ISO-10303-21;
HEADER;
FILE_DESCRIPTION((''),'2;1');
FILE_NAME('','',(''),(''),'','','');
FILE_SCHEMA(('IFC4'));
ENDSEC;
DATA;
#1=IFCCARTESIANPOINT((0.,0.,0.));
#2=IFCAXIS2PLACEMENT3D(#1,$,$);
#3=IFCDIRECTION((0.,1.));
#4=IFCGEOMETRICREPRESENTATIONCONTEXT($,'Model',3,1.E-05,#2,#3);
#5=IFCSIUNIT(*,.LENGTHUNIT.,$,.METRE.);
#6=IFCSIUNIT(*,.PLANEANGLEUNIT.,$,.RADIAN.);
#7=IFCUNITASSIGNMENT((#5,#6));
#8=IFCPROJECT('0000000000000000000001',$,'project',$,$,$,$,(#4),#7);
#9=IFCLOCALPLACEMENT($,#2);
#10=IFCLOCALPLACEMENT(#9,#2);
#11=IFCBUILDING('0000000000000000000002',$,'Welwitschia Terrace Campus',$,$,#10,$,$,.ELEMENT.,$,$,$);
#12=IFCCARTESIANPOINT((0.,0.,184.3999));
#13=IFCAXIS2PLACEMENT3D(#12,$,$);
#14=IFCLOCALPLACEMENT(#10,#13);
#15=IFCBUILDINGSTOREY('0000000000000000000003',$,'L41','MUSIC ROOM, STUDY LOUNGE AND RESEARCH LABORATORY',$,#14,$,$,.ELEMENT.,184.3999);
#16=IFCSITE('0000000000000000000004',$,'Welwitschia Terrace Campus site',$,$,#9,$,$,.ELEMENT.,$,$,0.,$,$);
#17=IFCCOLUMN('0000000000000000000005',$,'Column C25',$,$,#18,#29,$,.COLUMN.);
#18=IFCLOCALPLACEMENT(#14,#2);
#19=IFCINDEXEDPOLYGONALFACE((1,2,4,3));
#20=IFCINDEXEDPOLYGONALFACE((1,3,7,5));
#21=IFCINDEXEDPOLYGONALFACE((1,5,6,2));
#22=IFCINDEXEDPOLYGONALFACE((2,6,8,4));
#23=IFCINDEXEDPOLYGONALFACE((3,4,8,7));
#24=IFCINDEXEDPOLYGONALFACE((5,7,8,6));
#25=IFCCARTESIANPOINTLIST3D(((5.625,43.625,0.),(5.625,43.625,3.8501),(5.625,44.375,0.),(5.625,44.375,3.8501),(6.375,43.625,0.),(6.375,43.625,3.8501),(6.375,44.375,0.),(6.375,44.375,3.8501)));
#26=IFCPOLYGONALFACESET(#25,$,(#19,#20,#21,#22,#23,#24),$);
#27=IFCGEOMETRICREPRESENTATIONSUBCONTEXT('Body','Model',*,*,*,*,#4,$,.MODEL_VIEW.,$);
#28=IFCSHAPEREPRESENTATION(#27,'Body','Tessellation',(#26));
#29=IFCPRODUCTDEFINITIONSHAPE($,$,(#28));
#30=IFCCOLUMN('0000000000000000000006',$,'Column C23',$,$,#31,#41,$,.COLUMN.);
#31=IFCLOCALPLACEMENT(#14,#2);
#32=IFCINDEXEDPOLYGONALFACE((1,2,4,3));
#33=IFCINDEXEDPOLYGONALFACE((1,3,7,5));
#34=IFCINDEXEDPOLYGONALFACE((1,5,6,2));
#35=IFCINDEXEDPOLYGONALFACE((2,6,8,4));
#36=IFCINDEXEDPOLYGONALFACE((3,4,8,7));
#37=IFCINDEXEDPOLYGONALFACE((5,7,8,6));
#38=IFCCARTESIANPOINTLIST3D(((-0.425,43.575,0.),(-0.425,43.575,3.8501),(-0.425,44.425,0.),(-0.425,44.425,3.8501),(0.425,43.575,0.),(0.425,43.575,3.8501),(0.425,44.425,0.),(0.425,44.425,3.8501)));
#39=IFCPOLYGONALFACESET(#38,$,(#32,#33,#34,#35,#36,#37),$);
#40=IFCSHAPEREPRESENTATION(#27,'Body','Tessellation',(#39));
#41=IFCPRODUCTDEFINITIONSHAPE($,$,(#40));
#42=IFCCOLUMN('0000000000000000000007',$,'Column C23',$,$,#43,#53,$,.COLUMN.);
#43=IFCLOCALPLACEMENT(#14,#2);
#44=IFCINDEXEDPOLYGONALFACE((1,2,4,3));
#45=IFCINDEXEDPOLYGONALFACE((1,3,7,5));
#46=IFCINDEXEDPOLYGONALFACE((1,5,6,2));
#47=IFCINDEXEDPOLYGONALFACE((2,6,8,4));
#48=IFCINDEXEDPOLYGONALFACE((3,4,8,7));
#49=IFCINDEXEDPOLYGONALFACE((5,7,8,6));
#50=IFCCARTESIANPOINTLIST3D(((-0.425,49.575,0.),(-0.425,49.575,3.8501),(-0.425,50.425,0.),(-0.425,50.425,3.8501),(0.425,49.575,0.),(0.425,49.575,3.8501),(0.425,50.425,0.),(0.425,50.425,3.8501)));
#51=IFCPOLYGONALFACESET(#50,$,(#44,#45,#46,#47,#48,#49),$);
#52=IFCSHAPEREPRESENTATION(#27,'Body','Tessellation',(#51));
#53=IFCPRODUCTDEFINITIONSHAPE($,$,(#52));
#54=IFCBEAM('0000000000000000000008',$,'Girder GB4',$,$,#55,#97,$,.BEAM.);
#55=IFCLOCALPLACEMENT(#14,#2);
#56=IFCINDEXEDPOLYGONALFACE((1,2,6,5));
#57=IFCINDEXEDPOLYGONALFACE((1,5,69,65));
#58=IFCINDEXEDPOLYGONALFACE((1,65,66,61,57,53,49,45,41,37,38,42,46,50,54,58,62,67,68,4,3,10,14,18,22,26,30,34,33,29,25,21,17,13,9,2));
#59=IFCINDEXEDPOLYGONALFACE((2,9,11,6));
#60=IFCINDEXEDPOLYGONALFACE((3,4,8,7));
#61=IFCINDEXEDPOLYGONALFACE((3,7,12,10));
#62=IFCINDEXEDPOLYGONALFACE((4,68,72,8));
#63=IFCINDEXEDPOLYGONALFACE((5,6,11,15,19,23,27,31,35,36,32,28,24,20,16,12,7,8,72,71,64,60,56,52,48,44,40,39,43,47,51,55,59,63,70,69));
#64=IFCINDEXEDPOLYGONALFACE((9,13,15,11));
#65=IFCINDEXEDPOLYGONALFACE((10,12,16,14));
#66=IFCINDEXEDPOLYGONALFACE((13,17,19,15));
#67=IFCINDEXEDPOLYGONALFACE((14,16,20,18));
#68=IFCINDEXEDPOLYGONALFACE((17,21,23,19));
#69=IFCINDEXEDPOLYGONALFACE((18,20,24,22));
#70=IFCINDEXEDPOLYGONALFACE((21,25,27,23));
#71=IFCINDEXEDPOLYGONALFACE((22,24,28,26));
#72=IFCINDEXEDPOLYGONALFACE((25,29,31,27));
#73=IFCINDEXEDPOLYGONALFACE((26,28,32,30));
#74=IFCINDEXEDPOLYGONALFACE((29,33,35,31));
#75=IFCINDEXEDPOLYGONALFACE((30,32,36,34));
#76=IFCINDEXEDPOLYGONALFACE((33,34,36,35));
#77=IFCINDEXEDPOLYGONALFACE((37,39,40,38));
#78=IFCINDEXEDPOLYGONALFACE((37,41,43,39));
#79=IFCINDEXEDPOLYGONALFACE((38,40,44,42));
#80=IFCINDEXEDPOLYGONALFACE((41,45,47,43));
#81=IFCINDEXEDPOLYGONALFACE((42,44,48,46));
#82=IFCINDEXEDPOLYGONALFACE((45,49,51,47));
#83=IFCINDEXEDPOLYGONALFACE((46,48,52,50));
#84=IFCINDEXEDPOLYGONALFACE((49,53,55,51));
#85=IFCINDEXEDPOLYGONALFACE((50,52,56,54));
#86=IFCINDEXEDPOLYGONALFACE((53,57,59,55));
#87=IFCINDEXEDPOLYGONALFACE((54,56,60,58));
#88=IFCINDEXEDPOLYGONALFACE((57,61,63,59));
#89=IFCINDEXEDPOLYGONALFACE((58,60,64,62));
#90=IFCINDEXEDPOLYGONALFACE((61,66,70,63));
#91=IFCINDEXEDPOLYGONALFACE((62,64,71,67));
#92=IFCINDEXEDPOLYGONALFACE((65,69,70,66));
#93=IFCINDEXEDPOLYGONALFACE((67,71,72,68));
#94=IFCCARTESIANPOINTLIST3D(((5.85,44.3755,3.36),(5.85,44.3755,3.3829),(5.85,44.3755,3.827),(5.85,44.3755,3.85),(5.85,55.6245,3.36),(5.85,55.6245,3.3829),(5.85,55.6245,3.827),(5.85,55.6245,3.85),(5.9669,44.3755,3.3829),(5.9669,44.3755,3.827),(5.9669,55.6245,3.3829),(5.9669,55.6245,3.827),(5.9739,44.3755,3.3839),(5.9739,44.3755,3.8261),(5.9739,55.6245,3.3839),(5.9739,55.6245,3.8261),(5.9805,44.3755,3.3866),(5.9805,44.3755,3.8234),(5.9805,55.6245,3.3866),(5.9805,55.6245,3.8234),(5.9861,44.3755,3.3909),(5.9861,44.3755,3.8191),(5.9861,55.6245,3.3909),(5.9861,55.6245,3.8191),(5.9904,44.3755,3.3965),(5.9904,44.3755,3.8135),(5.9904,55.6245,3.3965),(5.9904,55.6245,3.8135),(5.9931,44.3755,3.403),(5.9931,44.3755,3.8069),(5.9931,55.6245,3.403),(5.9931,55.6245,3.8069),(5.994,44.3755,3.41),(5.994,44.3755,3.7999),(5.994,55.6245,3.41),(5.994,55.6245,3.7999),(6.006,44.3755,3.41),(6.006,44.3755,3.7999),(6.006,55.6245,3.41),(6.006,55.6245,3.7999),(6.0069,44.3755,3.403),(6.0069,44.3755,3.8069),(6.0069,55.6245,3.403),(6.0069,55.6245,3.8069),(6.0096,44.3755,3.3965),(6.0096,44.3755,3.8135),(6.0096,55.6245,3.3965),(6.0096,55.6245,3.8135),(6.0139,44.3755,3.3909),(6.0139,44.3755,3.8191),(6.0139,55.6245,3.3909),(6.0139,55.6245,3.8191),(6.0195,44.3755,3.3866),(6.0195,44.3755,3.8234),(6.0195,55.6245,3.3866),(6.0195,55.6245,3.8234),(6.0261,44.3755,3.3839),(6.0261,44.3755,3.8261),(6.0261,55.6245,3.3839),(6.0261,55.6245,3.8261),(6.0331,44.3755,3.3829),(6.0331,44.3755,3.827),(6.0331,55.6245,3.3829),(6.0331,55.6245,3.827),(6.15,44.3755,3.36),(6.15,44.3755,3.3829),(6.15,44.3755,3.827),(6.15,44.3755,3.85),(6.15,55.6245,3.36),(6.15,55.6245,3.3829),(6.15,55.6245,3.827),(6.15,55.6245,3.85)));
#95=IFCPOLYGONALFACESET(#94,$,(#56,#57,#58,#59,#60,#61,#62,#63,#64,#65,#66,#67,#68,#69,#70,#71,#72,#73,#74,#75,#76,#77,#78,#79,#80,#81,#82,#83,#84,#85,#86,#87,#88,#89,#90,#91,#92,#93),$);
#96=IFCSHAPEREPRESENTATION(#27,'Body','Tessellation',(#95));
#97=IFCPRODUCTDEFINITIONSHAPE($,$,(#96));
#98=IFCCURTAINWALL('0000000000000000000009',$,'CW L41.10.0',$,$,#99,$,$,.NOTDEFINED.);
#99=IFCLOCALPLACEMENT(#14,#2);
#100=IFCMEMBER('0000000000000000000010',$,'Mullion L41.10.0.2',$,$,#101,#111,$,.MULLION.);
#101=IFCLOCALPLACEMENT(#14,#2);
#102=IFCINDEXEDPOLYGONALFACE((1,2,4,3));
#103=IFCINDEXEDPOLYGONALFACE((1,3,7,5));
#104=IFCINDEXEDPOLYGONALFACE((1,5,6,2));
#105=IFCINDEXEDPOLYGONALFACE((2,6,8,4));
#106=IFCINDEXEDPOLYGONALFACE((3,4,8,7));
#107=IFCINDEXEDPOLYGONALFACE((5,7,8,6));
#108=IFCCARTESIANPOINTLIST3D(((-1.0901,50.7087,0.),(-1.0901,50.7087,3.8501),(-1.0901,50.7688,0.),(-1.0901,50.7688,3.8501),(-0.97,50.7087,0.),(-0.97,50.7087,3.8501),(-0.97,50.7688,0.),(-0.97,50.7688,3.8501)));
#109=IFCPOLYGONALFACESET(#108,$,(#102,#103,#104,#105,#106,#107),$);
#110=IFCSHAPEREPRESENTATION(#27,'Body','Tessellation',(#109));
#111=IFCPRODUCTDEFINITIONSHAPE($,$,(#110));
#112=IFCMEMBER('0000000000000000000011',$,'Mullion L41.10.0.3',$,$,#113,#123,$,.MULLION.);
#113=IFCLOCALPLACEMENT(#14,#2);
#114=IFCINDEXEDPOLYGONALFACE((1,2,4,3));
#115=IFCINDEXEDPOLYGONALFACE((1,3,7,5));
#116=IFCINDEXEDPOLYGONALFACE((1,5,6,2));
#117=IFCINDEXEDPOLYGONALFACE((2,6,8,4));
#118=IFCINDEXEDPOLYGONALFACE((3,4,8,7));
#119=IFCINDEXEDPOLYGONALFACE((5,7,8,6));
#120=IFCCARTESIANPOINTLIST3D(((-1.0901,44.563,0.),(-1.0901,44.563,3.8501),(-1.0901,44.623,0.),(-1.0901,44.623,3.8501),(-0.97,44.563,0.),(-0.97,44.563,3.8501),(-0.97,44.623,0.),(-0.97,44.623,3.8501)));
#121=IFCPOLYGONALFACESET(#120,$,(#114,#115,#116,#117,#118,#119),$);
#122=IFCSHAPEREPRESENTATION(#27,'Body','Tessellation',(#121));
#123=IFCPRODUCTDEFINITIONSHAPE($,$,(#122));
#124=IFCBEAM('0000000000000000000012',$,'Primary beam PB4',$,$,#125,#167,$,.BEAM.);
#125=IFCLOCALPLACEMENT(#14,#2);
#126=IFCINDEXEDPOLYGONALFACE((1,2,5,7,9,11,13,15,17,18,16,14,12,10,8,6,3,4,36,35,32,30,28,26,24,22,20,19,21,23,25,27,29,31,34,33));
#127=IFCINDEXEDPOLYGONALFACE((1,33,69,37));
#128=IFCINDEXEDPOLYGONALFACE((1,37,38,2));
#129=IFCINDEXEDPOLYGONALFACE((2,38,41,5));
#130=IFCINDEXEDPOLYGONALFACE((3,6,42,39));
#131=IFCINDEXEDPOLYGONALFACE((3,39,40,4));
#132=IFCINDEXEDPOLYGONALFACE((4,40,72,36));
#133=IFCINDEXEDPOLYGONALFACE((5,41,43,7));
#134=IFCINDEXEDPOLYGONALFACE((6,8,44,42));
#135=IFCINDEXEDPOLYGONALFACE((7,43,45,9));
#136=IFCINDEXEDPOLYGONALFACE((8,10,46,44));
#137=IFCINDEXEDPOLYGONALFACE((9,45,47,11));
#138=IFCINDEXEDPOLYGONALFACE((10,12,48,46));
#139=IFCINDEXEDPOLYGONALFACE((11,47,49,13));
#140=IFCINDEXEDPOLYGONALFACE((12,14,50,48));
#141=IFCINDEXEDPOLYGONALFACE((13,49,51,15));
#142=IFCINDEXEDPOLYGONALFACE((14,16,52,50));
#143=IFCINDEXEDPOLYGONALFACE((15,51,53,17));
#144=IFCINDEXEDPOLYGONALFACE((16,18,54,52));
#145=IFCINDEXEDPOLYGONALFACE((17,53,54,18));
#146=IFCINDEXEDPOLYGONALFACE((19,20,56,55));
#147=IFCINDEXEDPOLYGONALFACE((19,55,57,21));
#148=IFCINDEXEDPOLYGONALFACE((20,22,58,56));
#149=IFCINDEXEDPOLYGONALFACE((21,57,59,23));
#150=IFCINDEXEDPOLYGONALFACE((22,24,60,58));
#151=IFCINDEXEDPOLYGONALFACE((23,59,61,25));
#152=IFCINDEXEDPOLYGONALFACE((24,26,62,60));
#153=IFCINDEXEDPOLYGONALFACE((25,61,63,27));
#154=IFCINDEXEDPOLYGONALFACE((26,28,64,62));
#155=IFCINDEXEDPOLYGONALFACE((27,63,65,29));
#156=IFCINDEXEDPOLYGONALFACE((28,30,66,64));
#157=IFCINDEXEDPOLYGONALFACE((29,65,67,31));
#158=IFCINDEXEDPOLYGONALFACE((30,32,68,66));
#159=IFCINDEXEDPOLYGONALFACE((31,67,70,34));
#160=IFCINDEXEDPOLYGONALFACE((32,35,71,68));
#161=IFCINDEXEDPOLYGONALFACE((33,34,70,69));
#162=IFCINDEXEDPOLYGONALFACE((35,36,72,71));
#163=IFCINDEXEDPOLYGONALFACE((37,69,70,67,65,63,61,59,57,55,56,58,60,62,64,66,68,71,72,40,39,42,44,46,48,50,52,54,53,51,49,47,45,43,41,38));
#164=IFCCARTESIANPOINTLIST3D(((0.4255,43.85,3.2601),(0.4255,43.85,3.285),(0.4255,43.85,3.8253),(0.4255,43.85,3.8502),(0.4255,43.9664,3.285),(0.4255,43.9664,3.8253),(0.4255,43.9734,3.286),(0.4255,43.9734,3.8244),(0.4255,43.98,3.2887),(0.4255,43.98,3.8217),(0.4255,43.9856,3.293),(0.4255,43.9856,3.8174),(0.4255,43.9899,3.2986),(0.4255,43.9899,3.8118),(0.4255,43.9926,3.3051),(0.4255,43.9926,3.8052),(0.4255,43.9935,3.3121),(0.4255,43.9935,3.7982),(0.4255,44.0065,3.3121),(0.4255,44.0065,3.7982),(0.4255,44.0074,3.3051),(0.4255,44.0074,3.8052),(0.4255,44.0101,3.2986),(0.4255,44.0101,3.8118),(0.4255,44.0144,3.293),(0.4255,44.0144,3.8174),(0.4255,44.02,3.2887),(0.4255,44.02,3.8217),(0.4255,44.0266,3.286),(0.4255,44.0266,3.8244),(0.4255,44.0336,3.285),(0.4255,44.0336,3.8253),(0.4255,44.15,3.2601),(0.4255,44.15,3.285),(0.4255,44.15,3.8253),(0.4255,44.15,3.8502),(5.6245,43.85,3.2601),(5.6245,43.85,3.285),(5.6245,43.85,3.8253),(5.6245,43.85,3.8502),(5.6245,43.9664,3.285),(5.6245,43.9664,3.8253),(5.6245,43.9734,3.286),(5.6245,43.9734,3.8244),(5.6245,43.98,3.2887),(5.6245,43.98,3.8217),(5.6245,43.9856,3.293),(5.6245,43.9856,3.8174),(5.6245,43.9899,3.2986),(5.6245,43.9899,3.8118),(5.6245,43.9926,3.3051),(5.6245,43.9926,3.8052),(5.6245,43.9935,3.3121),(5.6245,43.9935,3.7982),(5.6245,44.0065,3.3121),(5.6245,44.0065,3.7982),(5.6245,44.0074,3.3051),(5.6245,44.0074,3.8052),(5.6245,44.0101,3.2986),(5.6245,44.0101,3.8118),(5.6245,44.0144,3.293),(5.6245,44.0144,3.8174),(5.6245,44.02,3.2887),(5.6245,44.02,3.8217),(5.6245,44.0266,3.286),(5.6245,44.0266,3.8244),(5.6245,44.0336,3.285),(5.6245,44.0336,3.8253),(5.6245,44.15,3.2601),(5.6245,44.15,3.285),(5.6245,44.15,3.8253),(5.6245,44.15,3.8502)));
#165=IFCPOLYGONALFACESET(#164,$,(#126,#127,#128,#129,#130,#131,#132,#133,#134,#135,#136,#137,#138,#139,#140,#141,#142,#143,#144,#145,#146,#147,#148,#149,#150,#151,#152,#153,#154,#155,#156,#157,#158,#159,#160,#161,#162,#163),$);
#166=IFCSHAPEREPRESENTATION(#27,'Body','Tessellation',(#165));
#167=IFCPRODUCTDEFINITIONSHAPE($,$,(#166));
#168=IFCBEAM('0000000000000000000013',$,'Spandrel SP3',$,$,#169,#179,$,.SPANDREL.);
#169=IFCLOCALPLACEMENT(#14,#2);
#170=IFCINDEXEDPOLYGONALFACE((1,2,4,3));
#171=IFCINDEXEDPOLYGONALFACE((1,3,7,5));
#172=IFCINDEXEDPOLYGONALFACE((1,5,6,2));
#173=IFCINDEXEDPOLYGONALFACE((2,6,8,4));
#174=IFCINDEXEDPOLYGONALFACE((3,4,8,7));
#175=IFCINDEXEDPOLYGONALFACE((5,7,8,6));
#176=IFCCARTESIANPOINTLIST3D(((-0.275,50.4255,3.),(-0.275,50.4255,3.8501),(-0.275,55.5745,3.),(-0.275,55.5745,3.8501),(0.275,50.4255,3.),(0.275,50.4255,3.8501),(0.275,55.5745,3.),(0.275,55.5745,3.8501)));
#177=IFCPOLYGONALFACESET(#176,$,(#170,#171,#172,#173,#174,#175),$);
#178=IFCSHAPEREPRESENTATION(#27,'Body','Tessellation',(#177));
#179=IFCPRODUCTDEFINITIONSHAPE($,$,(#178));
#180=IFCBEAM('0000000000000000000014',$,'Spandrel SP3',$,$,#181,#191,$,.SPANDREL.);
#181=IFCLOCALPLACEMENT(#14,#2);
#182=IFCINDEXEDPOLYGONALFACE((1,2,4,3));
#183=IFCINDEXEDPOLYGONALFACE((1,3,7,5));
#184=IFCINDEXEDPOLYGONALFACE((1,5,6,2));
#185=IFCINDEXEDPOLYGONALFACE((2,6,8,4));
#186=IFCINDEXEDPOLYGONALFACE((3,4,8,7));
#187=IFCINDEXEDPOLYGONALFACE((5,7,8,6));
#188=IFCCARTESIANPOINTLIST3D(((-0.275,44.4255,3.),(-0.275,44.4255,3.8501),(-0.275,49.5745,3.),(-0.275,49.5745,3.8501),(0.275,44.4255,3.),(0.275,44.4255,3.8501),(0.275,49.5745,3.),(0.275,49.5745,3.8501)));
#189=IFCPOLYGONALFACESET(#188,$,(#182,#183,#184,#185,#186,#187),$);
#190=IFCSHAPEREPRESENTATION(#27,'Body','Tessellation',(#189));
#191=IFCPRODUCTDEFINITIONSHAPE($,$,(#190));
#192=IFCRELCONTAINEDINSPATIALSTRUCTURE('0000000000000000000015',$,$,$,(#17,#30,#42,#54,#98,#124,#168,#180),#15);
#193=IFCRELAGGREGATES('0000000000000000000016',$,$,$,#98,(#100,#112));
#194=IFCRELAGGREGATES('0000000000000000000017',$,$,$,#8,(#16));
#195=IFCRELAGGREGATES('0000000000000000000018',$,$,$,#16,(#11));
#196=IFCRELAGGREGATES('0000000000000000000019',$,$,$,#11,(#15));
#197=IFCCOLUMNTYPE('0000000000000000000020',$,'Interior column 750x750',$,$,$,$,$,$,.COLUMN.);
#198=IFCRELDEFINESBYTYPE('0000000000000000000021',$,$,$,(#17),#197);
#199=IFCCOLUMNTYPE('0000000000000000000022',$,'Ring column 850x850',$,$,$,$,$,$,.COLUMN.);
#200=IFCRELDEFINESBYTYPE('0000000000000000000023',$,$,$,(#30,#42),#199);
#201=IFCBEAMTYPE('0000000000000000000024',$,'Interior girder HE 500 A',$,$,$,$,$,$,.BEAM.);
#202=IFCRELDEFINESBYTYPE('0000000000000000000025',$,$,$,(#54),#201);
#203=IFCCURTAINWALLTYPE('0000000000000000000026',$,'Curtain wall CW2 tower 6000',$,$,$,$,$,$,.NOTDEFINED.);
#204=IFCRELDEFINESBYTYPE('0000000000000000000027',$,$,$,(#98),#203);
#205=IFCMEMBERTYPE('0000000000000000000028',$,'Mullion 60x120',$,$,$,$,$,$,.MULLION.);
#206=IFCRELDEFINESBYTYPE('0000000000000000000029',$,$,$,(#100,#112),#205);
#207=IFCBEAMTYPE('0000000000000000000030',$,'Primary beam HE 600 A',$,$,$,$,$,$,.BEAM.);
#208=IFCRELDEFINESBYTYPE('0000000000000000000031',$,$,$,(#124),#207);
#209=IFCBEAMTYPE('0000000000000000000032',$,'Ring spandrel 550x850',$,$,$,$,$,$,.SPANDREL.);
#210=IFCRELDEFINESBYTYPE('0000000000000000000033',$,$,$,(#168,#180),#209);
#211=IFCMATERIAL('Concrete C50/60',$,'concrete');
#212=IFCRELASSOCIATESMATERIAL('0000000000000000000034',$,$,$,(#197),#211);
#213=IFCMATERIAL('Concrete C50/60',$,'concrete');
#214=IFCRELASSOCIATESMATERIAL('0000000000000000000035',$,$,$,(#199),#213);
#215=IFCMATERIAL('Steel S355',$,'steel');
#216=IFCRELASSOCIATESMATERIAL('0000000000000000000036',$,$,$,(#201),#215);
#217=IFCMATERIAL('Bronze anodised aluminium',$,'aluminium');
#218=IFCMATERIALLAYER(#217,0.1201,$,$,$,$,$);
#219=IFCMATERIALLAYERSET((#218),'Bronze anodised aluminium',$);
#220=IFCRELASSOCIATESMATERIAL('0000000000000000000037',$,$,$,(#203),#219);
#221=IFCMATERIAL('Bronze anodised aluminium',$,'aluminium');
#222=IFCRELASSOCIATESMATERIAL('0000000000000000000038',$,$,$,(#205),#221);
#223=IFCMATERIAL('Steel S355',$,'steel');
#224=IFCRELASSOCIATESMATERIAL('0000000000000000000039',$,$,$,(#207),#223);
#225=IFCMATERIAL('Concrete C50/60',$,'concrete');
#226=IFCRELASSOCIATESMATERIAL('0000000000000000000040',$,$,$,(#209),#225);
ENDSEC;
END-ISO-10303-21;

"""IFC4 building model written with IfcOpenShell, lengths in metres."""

from ifc_helpers import new_model, si_unit, direction, frame, origin, origin_2d, place, context, subcontext, project, spatial, rectangle, i_section, extrude, material, layer, layer_set, material_profile, profile_set, type_object, element, aggregate, save


model = new_model("IFC4")

# Units and contexts
model_context = context("Model", 3, precision=1e-05, world=origin(), true_north=direction((0.0, 1.0)))
body_context = subcontext(model_context, "Body", "Model", "MODEL_VIEW")
ifc_project = project(units=[si_unit("LENGTHUNIT", "METRE"), si_unit("PLANEANGLEUNIT", "RADIAN")], contexts=[model_context])

# Site, building, storey
site_placement = place(None, origin())
site = spatial("IfcSite", under=ifc_project, at=site_placement, Name="Welwitschia Terrace Campus site", CompositionType="ELEMENT", RefElevation=0.0)
building_placement = place(site_placement, origin())
building = spatial("IfcBuilding", under=site, at=building_placement, Name="Welwitschia Terrace Campus", CompositionType="ELEMENT")
storey_placement = place(building_placement, frame((0.0, 0.0, 184.3999)))
storey = spatial("IfcBuildingStorey", under=building, at=storey_placement, Name="L41", Description="MUSIC ROOM, STUDY LOUNGE AND RESEARCH LABORATORY", CompositionType="ELEMENT", Elevation=184.3999)

# Columns
ifc_material_1 = material(Name="Concrete C50/60", Category="concrete")
ifc_material_profile_1 = material_profile(ifc_material_1, rectangle(XDim=0.75, YDim=0.75, at=origin_2d()))
ifc_profile_set_1 = profile_set([ifc_material_profile_1], Name="Concrete C50/60")
column_type_1 = type_object("IfcColumnType", Name="Interior column 750x750", PredefinedType="COLUMN", material=ifc_profile_set_1)
column_placement = place(storey_placement, frame((6.0, 44.0, 0.0), z_axis=(0.0, 0.0, 1.0), x_axis=(1.0, 0.0, 0.0)))
element("IfcColumn", 1, at=column_placement, inside=storey, type_object=column_type_1, Name="Column C25", PredefinedType="COLUMN", context=body_context, shape_type="SweptSolid", body=[
    extrude(rectangle(XDim=0.75, YDim=0.75, at=origin_2d()), origin(), (0.0, 0.0, 1.0), 3.8501),
])
ifc_material_2 = material(Name="Concrete C50/60", Category="concrete")
ifc_material_profile_2 = material_profile(ifc_material_2, rectangle(XDim=0.8501, YDim=0.8501, at=origin_2d()))
ifc_profile_set_2 = profile_set([ifc_material_profile_2], Name="Concrete C50/60")
column_type_2 = type_object("IfcColumnType", Name="Ring column 850x850", PredefinedType="COLUMN", material=ifc_profile_set_2)
for number, where, z_axis, x_axis, name in (
    (2, (0.0, 44.0, 0.0), (0.0, 0.0, 1.0), (1.0, 0.0, 0.0), "Column C23"),
    (3, (0.0, 50.0, 0.0), (0.0, 0.0, 1.0), (1.0, 0.0, 0.0), "Column C23"),
):
    element("IfcColumn", number, at=place(storey_placement, frame(where, z_axis=z_axis, x_axis=x_axis)), inside=storey, type_object=column_type_2, Name=name, PredefinedType="COLUMN", context=body_context, shape_type="SweptSolid", body=[
        extrude(rectangle(XDim=0.8501, YDim=0.8501, at=origin_2d()), origin(), (0.0, 0.0, 1.0), 3.8501),
    ])

# Beam
ifc_material_3 = material(Name="Steel S355", Category="steel")
ifc_material_profile_3 = material_profile(ifc_material_3, i_section(OverallWidth=0.3, OverallDepth=0.49, WebThickness=0.012, FlangeThickness=0.0229, FilletRadius=0.0271, at=origin_2d()))
ifc_profile_set_3 = profile_set([ifc_material_profile_3], Name="Steel S355")
beam_type_1 = type_object("IfcBeamType", Name="Interior girder HE 500 A", PredefinedType="BEAM", material=ifc_profile_set_3)
beam_1_placement = place(storey_placement, frame((6.0, 44.3755, 3.605), z_axis=(0.0, 1.0, 0.0), x_axis=(-1.0, 0.0, 0.0)))
element("IfcBeam", 4, at=beam_1_placement, inside=storey, type_object=beam_type_1, Name="Girder GB4", PredefinedType="BEAM", context=body_context, shape_type="SweptSolid", body=[
    extrude(i_section(OverallWidth=0.3, OverallDepth=0.49, WebThickness=0.012, FlangeThickness=0.0229, FilletRadius=0.0271, at=origin_2d()), origin(), (0.0, 0.0, 1.0), 11.249),
])

# Curtain wall, members
ifc_material_4 = material(Name="Bronze anodised aluminium", Category="aluminium")
ifc_layer_1 = layer(ifc_material_4, 0.1201)
ifc_layer_set_1 = layer_set([ifc_layer_1], Name="Bronze anodised aluminium")
curtain_wall_type = type_object("IfcCurtainWallType", Name="Curtain wall CW2 tower 6000", PredefinedType="NOTDEFINED", material=ifc_layer_set_1)
curtain_wall_placement = place(storey_placement, origin())
curtain_wall = element("IfcCurtainWall", 5, at=curtain_wall_placement, inside=storey, type_object=curtain_wall_type, Name="CW L41.10.0", PredefinedType="NOTDEFINED")
ifc_material_5 = material(Name="Bronze anodised aluminium", Category="aluminium")
ifc_material_profile_4 = material_profile(ifc_material_5, rectangle(XDim=0.1201, YDim=0.0601, at=origin_2d()))
ifc_profile_set_4 = profile_set([ifc_material_profile_4], Name="Bronze anodised aluminium")
member_type = type_object("IfcMemberType", Name="Mullion 60x120", PredefinedType="MULLION", material=ifc_profile_set_4)
member_1_placement = place(storey_placement, frame((-1.03, 50.7388, 0.0), z_axis=(0.0, 0.0, 1.0), x_axis=(1.0, 0.0, 0.0)))
member_1 = element("IfcMember", 6, at=member_1_placement, type_object=member_type, Name="Mullion L41.10.0.2", PredefinedType="MULLION", context=body_context, shape_type="SweptSolid", body=[
    extrude(rectangle(XDim=0.1201, YDim=0.0601, at=origin_2d()), origin(), (0.0, 0.0, 1.0), 3.8501),
])
member_2_placement = place(storey_placement, frame((-1.03, 44.593, 0.0), z_axis=(0.0, 0.0, 1.0), x_axis=(1.0, 0.0, 0.0)))
member_2 = element("IfcMember", 7, at=member_2_placement, type_object=member_type, Name="Mullion L41.10.0.3", PredefinedType="MULLION", context=body_context, shape_type="SweptSolid", body=[
    extrude(rectangle(XDim=0.1201, YDim=0.0601, at=origin_2d()), origin(), (0.0, 0.0, 1.0), 3.8501),
])

# Beams
ifc_material_6 = material(Name="Steel S355", Category="steel")
ifc_material_profile_5 = material_profile(ifc_material_6, i_section(OverallWidth=0.3, OverallDepth=0.5901, WebThickness=0.0129, FlangeThickness=0.0249, FilletRadius=0.0271, at=origin_2d()))
ifc_profile_set_5 = profile_set([ifc_material_profile_5], Name="Steel S355")
beam_type_2 = type_object("IfcBeamType", Name="Primary beam HE 600 A", PredefinedType="BEAM", material=ifc_profile_set_5)
beam_2_placement = place(storey_placement, frame((0.4255, 44.0, 3.5552), z_axis=(1.0, 0.0, 0.0), x_axis=(0.0, 1.0, 0.0)))
element("IfcBeam", 8, at=beam_2_placement, inside=storey, type_object=beam_type_2, Name="Primary beam PB4", PredefinedType="BEAM", context=body_context, shape_type="SweptSolid", body=[
    extrude(i_section(OverallWidth=0.3, OverallDepth=0.5901, WebThickness=0.0129, FlangeThickness=0.0249, FilletRadius=0.0271, at=origin_2d()), origin(), (0.0, 0.0, 1.0), 5.199),
])
ifc_material_7 = material(Name="Concrete C50/60", Category="concrete")
ifc_material_profile_6 = material_profile(ifc_material_7, rectangle(XDim=0.55, YDim=0.8501, at=origin_2d()))
ifc_profile_set_6 = profile_set([ifc_material_profile_6], Name="Concrete C50/60")
beam_type_3 = type_object("IfcBeamType", Name="Ring spandrel 550x850", PredefinedType="SPANDREL", material=ifc_profile_set_6)
for number, where, z_axis, x_axis, name in (
    (9, (0.0, 55.5745, 3.425), (0.0, -1.0, 0.0), (1.0, 0.0, 0.0), "Spandrel SP3"),
    (10, (0.0, 49.5745, 3.425), (0.0, -1.0, 0.0), (1.0, 0.0, 0.0), "Spandrel SP3"),
):
    element("IfcBeam", number, at=place(storey_placement, frame(where, z_axis=z_axis, x_axis=x_axis)), inside=storey, type_object=beam_type_3, Name=name, PredefinedType="SPANDREL", context=body_context, shape_type="SweptSolid", body=[
        extrude(rectangle(XDim=0.55, YDim=0.8501, at=origin_2d()), origin(), (0.0, 0.0, 1.0), 5.1489),
    ])

aggregate(curtain_wall, [member_1, member_2])

save(model, "model.ifc")
